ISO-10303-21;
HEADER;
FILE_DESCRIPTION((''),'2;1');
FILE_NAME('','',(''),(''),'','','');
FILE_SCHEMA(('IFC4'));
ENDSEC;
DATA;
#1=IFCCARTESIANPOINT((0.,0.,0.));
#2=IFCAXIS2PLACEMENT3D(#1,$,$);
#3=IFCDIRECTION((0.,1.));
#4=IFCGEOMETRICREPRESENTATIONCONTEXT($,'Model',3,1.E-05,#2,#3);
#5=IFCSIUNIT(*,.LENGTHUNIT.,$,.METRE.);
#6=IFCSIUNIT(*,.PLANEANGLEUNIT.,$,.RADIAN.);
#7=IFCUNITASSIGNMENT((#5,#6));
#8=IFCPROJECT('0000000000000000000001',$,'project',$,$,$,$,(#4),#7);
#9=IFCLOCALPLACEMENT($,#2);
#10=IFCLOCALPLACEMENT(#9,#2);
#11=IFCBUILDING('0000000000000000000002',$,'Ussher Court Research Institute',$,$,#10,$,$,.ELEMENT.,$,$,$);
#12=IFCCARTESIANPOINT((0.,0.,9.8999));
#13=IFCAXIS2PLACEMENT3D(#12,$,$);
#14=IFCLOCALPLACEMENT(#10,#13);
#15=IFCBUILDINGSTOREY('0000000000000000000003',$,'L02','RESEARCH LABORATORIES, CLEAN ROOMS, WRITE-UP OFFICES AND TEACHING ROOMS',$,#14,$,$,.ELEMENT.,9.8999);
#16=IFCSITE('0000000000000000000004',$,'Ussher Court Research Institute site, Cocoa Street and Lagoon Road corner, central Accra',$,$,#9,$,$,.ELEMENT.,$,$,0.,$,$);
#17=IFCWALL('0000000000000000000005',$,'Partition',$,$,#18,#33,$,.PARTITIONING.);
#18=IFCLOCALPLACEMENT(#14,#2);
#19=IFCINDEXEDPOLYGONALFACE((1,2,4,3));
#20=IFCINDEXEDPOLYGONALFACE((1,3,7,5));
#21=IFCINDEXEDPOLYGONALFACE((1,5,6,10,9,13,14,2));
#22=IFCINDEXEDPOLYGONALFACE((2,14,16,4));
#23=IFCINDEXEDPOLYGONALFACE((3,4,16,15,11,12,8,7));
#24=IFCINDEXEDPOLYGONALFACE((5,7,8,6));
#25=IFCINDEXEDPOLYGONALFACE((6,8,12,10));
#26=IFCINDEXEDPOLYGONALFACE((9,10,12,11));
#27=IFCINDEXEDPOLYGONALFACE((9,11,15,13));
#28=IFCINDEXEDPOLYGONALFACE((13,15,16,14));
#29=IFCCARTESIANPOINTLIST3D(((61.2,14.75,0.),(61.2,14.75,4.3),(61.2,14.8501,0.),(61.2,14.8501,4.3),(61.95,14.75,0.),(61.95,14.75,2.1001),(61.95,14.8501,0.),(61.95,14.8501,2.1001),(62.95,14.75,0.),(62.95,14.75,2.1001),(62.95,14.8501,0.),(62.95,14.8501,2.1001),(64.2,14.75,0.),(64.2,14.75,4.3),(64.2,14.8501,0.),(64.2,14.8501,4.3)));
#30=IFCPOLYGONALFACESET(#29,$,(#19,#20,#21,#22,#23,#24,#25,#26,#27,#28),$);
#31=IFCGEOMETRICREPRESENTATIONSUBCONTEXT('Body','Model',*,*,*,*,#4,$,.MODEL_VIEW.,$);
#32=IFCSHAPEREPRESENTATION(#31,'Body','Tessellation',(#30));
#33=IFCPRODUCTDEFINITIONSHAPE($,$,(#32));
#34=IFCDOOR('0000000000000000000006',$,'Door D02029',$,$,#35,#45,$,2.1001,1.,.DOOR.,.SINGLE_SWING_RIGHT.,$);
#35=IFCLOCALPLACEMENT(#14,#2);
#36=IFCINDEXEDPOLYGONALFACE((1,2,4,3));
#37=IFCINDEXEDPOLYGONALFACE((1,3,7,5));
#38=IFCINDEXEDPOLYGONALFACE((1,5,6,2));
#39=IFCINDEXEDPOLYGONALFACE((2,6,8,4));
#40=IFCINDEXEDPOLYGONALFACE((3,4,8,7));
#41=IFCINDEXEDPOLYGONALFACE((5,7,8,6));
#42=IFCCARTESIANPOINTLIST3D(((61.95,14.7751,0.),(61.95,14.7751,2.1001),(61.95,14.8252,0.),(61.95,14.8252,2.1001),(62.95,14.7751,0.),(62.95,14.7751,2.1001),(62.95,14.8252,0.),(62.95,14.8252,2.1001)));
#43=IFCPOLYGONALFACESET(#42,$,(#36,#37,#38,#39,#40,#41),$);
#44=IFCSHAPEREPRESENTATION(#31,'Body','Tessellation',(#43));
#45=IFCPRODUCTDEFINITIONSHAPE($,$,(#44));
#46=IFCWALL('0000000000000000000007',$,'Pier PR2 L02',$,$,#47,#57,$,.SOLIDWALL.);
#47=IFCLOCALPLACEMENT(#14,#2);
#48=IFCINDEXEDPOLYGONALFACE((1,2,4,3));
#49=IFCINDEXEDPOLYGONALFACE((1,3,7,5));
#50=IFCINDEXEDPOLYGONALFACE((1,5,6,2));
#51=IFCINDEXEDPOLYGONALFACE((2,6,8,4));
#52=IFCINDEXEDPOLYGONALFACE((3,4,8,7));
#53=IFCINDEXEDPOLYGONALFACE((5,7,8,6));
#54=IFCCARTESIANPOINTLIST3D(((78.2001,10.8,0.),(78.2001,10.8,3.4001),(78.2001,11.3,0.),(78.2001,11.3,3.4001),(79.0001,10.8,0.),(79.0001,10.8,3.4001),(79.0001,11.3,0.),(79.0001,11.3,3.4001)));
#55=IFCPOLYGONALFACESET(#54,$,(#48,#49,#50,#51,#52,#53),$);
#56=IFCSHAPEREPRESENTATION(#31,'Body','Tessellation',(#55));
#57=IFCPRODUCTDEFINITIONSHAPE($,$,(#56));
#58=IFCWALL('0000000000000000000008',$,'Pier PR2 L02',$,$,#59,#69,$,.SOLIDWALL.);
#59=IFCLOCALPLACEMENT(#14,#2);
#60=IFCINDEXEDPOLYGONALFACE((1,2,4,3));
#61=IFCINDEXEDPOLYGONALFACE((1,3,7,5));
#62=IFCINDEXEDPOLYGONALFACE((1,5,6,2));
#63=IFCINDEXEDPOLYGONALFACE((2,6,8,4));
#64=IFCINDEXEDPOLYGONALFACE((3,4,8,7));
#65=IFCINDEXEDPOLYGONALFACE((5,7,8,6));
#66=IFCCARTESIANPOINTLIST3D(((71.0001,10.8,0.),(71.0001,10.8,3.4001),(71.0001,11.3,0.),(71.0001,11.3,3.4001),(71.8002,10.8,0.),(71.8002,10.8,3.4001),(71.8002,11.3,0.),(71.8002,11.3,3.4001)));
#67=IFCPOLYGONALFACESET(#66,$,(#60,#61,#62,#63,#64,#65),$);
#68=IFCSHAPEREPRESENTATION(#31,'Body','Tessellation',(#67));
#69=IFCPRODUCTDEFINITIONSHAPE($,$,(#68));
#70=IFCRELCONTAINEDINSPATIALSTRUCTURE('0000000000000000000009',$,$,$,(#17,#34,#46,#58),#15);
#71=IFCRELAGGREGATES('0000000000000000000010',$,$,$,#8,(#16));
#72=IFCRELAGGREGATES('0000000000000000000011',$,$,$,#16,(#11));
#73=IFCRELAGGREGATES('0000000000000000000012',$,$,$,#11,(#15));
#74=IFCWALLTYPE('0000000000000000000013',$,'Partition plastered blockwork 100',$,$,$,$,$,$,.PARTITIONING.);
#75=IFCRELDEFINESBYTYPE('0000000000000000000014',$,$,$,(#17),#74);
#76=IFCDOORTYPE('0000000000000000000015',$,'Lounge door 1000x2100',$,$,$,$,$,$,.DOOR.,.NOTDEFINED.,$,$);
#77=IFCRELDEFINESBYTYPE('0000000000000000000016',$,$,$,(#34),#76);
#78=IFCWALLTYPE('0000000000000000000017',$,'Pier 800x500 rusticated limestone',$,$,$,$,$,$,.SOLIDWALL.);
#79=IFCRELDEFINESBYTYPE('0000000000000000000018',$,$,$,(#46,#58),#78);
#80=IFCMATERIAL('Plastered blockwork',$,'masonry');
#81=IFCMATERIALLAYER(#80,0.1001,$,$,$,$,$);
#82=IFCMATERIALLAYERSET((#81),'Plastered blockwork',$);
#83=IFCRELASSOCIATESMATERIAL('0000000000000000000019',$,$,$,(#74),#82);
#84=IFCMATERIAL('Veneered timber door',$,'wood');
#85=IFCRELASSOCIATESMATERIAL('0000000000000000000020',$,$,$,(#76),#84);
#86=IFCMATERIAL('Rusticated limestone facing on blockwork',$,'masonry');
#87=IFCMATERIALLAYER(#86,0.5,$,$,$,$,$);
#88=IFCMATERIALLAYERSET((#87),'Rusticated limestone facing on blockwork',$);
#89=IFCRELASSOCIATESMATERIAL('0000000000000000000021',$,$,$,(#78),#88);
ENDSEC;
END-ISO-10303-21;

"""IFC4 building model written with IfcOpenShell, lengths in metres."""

from ifc_helpers import new_model, si_unit, direction, frame, frame_2d, origin, place, context, subcontext, project, spatial, rectangle, extrude, material, layer, layer_set, type_object, element, fill, save


model = new_model("IFC4")

# Units and contexts
model_context = context("Model", 3, precision=1e-05, world=origin(), true_north=direction((0.0, 1.0)))
body_context = subcontext(model_context, "Body", "Model", "MODEL_VIEW")
ifc_project = project(units=[si_unit("LENGTHUNIT", "METRE"), si_unit("PLANEANGLEUNIT", "RADIAN")], contexts=[model_context])

# Site, building, storey
site_placement = place(None, origin())
site = spatial("IfcSite", under=ifc_project, at=site_placement, Name="Ussher Court Research Institute site, Cocoa Street and Lagoon Road corner, central Accra", CompositionType="ELEMENT", RefElevation=0.0)
building_placement = place(site_placement, origin())
building = spatial("IfcBuilding", under=site, at=building_placement, Name="Ussher Court Research Institute", CompositionType="ELEMENT")
storey_placement = place(building_placement, frame((0.0, 0.0, 9.8999)))
storey = spatial("IfcBuildingStorey", under=building, at=storey_placement, Name="L02", Description="RESEARCH LABORATORIES, CLEAN ROOMS, WRITE-UP OFFICES AND TEACHING ROOMS", CompositionType="ELEMENT", Elevation=9.8999)

# Wall, opening, door
ifc_material_1 = material(Name="Plastered blockwork", Category="masonry")
ifc_layer_1 = layer(ifc_material_1, 0.1001)
ifc_layer_set_1 = layer_set([ifc_layer_1], Name="Plastered blockwork")
wall_type_1 = type_object("IfcWallType", Name="Partition plastered blockwork 100", PredefinedType="PARTITIONING", material=ifc_layer_set_1)
wall_1_placement = place(storey_placement, frame((64.2, 14.8, 0.0), z_axis=(0.0, 0.0, 1.0), x_axis=(-1.0, 0.0, 0.0)))
wall_1 = element("IfcWall", 1, at=wall_1_placement, inside=storey, type_object=wall_type_1, Name="Partition", PredefinedType="PARTITIONING", context=body_context, shape_type="SweptSolid", body=[
    extrude(rectangle(XDim=3.0, YDim=0.1001, at=frame_2d((1.5, 0.0))), origin(), (0.0, 0.0, 1.0), 4.3),
])
opening_1_placement = place(wall_1_placement, frame((1.25, 0.0, 0.0)))
opening_1 = element("IfcOpeningElement", 2, at=opening_1_placement, cuts=wall_1, PredefinedType="OPENING", context=body_context, shape_type="SweptSolid", body=[
    extrude(rectangle(XDim=1.0, YDim=2.1001, at=frame_2d((0.5, 1.05))), frame((0.0, 0.0601, 0.0), z_axis=(0.0, -1.0, 0.0), x_axis=(1.0, 0.0, 0.0)), (0.0, 0.0, 1.0), 0.1201),
])
ifc_material_2 = material(Name="Veneered timber door", Category="wood")
door_type_1 = type_object("IfcDoorType", Name="Lounge door 1000x2100", OperationType="NOTDEFINED", PredefinedType="DOOR", material=ifc_material_2)
door_1_placement = place(opening_1_placement, origin())
door_1 = element("IfcDoor", 3, at=door_1_placement, inside=storey, type_object=door_type_1, Name="Door D02029", OperationType="SINGLE_SWING_RIGHT", OverallHeight=2.1001, OverallWidth=1.0, PredefinedType="DOOR", context=body_context, shape_type="SweptSolid", body=[
    extrude(rectangle(XDim=1.0, YDim=2.1001, at=frame_2d((0.5, 1.05))), frame((0.0, 0.0249, 0.0), z_axis=(0.0, -1.0, 0.0), x_axis=(1.0, 0.0, 0.0)), (0.0, 0.0, 1.0), 0.05),
])
fill(opening_1, door_1)

# Walls
ifc_material_3 = material(Name="Rusticated limestone facing on blockwork", Category="masonry")
ifc_layer_2 = layer(ifc_material_3, 0.5)
ifc_layer_set_2 = layer_set([ifc_layer_2], Name="Rusticated limestone facing on blockwork")
wall_type_2 = type_object("IfcWallType", Name="Pier 800x500 rusticated limestone", PredefinedType="SOLIDWALL", material=ifc_layer_set_2)
for number, where, z_axis, x_axis, name in (
    (4, (79.0, 11.05, 0.0), (0.0, 0.0, 1.0), (-1.0, 0.0, 0.0), "Pier PR2 L02"),
    (5, (71.8, 11.05, 0.0), (0.0, 0.0, 1.0), (-1.0, 0.0, 0.0), "Pier PR2 L02"),
):
    element("IfcWall", number, at=place(storey_placement, frame(where, z_axis=z_axis, x_axis=x_axis)), inside=storey, type_object=wall_type_2, Name=name, PredefinedType="SOLIDWALL", context=body_context, shape_type="SweptSolid", body=[
        extrude(rectangle(XDim=0.8, YDim=0.5, at=frame_2d((0.3999, 0.0))), origin(), (0.0, 0.0, 1.0), 3.4001),
    ])

save(model, "model.ifc")
